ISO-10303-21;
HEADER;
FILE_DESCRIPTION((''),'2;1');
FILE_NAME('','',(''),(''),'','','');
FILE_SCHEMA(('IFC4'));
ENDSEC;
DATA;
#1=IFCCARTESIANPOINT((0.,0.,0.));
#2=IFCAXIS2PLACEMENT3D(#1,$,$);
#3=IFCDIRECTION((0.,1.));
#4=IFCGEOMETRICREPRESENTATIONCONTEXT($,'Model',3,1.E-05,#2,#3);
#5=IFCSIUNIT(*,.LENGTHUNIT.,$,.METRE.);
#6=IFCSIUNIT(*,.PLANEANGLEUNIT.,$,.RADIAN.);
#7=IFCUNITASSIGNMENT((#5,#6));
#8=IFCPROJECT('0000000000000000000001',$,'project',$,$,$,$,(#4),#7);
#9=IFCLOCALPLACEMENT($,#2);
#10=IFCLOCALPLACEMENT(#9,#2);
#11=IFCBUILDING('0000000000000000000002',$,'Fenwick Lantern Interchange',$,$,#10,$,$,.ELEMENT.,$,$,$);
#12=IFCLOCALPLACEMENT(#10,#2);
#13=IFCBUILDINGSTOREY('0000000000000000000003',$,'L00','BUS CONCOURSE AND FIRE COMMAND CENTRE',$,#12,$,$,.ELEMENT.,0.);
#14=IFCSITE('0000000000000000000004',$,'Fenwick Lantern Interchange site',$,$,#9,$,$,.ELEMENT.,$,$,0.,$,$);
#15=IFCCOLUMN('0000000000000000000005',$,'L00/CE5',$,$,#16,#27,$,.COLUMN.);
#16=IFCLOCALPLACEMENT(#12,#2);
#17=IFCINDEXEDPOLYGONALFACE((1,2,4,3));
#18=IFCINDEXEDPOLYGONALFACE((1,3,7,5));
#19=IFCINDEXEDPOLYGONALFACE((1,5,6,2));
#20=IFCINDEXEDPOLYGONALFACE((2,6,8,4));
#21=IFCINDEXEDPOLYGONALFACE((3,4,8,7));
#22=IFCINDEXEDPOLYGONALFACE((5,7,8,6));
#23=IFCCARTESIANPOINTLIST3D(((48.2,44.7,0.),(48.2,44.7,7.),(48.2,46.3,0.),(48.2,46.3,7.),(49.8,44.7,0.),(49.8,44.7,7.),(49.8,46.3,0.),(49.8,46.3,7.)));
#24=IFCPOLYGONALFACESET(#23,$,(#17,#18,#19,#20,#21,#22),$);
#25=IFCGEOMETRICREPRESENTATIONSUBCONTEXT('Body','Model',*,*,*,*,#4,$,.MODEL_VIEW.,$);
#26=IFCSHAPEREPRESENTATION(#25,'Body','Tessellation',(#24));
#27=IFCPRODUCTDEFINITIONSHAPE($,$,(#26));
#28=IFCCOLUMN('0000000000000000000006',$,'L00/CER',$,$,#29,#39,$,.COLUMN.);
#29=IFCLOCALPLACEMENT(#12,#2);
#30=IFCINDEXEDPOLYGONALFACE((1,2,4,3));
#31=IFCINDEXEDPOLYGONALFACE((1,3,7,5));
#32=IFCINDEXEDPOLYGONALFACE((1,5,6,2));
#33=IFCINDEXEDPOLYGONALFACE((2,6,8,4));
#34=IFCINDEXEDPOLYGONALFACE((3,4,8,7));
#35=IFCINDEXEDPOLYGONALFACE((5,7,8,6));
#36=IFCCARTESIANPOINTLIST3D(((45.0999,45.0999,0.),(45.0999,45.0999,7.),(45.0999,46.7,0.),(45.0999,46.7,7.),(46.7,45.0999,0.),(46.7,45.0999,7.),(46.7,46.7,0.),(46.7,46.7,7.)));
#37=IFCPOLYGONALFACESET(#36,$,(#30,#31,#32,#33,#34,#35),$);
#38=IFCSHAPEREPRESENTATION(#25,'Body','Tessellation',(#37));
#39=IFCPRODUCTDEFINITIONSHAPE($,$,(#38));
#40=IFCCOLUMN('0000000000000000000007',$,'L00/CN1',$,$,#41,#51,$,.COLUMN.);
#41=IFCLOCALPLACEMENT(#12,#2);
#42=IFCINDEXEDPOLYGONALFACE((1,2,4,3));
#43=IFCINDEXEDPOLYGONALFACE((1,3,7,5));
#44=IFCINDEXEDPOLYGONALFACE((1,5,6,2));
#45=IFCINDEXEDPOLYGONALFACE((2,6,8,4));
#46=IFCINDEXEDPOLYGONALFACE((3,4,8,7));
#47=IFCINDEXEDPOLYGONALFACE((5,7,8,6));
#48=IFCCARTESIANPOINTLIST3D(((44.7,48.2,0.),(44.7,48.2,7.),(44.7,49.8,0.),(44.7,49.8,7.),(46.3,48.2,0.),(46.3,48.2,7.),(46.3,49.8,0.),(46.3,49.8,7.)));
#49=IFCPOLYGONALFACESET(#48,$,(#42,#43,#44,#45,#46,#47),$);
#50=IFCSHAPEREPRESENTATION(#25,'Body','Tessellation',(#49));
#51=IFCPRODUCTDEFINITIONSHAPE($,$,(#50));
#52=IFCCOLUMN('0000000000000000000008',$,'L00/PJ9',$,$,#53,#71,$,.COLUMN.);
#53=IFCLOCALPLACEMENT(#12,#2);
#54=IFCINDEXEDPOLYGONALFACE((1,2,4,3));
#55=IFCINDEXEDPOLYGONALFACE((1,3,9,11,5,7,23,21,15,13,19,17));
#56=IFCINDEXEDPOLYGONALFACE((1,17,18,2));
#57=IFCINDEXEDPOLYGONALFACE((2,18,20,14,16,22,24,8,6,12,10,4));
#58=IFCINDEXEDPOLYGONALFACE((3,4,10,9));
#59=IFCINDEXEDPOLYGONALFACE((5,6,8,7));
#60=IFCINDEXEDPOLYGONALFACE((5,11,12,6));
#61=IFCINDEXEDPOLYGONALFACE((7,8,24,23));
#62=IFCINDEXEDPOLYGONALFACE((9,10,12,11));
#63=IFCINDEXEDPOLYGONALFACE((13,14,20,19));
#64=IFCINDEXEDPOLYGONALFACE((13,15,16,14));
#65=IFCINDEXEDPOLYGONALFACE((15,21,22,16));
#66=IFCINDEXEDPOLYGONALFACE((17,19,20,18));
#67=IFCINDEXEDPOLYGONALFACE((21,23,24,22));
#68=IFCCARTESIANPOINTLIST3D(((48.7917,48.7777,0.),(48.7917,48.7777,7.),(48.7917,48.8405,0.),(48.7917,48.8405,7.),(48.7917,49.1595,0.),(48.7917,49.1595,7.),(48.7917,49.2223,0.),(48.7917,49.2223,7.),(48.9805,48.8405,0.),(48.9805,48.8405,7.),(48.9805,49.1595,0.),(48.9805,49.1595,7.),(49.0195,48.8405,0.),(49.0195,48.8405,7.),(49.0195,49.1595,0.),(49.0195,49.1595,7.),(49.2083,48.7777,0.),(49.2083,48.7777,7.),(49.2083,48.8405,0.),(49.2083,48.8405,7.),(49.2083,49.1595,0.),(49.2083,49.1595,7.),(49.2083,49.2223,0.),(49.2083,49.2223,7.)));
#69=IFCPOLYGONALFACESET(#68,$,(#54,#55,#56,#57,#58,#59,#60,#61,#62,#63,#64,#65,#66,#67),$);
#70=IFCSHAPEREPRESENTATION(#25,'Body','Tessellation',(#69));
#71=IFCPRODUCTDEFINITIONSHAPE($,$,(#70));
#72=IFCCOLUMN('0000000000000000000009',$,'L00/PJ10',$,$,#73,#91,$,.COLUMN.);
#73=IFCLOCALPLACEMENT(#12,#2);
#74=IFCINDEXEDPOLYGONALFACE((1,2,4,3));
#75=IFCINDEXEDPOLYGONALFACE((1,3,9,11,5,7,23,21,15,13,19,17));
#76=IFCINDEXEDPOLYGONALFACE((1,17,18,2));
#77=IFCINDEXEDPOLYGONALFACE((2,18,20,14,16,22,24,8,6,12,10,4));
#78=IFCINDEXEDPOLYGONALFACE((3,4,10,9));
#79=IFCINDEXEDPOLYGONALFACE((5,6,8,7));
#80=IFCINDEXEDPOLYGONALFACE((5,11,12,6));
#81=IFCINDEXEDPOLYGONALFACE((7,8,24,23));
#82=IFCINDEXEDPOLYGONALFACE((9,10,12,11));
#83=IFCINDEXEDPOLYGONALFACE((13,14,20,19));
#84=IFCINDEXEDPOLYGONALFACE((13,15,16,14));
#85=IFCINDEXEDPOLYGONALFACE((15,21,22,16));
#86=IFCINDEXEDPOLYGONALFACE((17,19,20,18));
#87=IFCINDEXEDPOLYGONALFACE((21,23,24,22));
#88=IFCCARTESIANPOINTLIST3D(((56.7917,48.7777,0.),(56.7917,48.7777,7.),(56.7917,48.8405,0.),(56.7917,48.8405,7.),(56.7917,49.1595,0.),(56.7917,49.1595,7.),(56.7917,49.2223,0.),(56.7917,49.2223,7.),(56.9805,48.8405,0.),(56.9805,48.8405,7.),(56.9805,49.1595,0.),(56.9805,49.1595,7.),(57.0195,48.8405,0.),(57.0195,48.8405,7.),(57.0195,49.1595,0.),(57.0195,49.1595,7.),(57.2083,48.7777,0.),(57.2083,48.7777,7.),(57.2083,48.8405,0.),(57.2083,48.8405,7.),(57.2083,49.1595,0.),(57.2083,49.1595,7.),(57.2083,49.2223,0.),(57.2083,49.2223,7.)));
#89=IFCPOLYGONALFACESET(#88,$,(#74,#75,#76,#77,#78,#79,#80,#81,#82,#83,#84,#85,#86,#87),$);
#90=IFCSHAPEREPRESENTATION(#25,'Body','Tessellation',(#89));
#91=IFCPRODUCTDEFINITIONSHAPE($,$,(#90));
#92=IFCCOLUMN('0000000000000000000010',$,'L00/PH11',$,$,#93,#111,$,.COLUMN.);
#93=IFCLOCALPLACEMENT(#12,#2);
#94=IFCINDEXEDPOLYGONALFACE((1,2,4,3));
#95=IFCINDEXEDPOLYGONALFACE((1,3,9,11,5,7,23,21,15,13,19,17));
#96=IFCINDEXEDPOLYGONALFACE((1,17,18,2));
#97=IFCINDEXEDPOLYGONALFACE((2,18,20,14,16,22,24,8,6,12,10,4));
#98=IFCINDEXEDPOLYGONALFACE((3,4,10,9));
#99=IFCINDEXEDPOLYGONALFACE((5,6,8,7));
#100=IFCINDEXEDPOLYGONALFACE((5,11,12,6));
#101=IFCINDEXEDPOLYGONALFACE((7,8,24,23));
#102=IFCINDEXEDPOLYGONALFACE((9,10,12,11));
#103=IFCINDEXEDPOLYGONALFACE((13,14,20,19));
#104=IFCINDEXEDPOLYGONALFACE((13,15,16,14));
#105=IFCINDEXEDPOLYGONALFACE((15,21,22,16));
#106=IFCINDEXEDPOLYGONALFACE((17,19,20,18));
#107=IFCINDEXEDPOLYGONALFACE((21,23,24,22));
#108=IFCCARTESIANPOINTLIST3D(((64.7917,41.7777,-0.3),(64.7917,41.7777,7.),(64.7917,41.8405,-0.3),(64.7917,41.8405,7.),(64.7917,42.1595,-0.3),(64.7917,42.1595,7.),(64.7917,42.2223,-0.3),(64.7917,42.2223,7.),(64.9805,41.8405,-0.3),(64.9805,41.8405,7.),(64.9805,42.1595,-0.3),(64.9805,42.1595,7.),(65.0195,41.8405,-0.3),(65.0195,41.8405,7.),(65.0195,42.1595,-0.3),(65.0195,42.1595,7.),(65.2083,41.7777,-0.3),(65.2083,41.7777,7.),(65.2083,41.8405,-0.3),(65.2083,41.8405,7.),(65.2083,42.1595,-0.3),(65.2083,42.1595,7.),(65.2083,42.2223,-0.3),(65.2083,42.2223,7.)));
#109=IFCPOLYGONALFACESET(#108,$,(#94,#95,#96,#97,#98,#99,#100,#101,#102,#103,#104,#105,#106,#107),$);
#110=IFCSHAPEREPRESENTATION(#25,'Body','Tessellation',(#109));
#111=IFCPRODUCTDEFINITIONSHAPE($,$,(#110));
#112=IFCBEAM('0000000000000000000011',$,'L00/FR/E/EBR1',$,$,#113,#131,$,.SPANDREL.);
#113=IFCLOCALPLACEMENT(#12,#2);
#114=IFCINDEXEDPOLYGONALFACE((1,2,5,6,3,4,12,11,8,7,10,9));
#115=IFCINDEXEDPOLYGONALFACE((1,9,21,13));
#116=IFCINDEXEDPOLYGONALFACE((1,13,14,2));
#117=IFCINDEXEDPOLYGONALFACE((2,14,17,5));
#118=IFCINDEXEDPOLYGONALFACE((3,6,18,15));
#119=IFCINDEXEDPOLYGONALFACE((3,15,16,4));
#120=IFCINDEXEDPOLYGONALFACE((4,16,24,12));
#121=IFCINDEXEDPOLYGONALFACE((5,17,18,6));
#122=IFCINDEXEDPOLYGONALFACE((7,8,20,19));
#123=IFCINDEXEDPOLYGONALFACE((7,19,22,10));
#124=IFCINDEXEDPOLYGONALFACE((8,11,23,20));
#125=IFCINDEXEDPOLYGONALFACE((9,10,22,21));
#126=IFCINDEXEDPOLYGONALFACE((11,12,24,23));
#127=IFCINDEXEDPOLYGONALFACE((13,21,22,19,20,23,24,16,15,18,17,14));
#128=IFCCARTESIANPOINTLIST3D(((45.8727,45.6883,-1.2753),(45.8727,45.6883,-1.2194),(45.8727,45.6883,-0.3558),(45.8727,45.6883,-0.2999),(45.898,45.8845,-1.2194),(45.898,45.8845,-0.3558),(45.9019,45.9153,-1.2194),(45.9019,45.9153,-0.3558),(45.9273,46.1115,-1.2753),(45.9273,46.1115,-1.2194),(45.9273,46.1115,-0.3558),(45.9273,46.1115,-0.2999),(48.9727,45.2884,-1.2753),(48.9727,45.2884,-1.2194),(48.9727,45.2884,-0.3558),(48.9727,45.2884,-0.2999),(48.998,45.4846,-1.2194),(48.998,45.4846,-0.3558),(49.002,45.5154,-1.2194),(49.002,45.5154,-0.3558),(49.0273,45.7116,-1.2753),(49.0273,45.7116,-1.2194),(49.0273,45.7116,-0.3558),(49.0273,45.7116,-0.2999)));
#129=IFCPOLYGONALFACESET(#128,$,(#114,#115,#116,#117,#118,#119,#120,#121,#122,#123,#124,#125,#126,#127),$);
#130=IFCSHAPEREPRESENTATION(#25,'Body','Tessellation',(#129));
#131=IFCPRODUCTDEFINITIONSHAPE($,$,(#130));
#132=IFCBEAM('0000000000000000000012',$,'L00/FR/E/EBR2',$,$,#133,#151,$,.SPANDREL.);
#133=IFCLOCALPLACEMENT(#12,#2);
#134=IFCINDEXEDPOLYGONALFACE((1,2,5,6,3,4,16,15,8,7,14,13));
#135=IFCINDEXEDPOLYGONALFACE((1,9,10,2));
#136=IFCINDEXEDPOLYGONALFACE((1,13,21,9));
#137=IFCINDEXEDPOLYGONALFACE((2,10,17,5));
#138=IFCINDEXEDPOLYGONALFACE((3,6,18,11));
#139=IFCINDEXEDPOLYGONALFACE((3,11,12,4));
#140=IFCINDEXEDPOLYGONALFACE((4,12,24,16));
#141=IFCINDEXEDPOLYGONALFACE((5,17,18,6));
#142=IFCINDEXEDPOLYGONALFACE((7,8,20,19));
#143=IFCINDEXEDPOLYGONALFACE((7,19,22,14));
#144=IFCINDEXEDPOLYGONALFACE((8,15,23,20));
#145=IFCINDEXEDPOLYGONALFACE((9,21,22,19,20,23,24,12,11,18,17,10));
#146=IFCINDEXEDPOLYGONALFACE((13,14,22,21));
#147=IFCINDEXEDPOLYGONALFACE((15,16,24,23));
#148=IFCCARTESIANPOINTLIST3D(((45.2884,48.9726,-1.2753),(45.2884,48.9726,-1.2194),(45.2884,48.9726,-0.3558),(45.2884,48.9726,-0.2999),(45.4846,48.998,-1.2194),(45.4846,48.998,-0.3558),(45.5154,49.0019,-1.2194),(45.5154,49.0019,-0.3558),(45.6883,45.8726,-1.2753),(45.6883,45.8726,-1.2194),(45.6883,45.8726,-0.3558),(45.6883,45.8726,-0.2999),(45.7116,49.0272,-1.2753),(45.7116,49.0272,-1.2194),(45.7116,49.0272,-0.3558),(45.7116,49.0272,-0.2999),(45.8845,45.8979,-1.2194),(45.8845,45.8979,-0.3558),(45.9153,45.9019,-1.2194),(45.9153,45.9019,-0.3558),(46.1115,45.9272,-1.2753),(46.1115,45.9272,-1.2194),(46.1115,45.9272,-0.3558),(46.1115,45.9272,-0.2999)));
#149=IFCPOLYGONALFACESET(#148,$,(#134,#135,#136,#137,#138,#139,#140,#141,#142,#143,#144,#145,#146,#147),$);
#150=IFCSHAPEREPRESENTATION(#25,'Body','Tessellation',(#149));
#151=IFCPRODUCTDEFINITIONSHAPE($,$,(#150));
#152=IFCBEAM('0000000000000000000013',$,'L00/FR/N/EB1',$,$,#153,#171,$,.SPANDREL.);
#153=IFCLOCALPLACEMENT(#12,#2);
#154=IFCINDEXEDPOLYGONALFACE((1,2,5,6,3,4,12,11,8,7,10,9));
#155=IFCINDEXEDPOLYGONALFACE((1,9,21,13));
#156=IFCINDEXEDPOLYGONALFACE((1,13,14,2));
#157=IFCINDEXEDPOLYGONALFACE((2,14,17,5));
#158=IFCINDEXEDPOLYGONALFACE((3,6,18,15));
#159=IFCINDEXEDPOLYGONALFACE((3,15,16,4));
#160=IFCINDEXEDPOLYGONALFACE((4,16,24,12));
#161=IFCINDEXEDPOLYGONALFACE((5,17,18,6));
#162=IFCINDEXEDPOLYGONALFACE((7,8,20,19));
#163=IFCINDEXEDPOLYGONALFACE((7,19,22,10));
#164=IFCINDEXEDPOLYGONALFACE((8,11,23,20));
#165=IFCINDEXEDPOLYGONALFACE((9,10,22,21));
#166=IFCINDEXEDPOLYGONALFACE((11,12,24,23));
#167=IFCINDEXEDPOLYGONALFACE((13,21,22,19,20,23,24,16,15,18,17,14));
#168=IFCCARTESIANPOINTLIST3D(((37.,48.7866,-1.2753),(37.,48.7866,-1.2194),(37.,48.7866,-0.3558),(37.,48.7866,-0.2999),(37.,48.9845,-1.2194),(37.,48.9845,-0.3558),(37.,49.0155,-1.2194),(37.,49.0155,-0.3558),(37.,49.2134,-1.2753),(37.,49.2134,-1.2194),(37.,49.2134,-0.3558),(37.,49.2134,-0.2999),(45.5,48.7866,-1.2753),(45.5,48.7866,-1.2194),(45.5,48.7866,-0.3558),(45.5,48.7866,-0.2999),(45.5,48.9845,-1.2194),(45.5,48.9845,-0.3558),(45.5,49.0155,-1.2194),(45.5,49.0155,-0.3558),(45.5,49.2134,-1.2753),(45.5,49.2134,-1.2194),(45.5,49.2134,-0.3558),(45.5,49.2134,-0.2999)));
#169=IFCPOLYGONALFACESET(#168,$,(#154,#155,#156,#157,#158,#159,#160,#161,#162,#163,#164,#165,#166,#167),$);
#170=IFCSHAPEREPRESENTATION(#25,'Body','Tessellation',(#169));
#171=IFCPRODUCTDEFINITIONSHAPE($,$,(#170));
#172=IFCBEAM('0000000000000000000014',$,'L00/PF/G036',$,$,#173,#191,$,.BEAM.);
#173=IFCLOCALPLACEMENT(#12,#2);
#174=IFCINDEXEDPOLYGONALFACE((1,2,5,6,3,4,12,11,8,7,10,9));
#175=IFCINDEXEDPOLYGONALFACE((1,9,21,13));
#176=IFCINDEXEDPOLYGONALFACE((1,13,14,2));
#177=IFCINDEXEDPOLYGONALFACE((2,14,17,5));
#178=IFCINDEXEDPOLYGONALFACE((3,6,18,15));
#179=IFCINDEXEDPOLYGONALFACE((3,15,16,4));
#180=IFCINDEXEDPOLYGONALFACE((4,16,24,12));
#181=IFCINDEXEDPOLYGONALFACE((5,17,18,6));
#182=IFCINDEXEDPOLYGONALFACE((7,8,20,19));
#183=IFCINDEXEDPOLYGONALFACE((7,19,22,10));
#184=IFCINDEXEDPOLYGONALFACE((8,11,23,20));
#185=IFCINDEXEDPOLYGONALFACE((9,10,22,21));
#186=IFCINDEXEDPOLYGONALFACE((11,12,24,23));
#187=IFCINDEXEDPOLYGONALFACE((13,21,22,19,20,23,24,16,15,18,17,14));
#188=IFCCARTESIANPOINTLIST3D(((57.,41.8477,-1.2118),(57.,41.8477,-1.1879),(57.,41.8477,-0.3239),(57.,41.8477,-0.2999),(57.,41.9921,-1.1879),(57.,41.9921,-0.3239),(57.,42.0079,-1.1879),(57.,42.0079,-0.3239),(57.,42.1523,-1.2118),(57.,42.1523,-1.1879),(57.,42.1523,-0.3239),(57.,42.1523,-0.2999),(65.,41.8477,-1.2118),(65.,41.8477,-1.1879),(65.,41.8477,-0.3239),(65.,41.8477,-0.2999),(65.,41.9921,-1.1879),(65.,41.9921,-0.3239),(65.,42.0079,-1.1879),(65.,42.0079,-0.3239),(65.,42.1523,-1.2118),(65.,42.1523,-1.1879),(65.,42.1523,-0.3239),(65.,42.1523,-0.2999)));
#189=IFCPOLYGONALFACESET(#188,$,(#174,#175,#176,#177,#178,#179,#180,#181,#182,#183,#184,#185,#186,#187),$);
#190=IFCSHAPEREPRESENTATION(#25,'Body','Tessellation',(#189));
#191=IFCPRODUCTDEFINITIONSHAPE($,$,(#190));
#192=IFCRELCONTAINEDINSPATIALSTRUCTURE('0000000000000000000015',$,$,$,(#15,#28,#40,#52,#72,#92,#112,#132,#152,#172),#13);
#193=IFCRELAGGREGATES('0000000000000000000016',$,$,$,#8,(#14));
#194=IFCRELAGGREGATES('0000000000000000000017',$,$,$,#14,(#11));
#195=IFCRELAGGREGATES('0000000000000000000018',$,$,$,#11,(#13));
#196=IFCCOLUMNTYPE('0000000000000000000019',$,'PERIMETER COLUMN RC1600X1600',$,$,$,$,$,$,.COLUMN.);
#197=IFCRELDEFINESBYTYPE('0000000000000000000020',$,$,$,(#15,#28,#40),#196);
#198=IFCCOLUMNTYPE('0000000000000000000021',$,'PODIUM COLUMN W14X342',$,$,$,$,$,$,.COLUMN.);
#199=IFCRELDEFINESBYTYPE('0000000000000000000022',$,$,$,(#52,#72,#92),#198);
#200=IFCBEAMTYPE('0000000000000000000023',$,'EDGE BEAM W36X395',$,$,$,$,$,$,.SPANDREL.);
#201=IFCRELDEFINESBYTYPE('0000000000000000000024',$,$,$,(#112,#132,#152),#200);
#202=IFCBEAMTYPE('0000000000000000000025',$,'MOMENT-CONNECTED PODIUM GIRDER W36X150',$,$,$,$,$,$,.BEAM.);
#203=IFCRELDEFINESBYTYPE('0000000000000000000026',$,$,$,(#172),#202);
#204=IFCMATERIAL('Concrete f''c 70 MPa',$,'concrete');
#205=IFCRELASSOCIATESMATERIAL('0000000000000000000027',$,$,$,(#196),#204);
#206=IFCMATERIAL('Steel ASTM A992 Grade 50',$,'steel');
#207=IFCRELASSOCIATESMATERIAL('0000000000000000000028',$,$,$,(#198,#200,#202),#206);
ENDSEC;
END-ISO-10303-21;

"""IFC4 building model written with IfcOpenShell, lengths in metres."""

from ifc_helpers import new_model, si_unit, direction, frame, origin, origin_2d, place, context, subcontext, project, spatial, rectangle, i_section, extrude, material, material_profile, profile_set, type_object, element, save


model = new_model("IFC4")

# Units and contexts
model_context = context("Model", 3, precision=1e-05, world=origin(), true_north=direction((0.0, 1.0)))
body_context = subcontext(model_context, "Body", "Model", "MODEL_VIEW")
ifc_project = project(units=[si_unit("LENGTHUNIT", "METRE"), si_unit("PLANEANGLEUNIT", "RADIAN")], contexts=[model_context])

# Site, building, storey
site_placement = place(None, origin())
site = spatial("IfcSite", under=ifc_project, at=site_placement, Name="Fenwick Lantern Interchange site", CompositionType="ELEMENT", RefElevation=0.0)
building_placement = place(site_placement, origin())
building = spatial("IfcBuilding", under=site, at=building_placement, Name="Fenwick Lantern Interchange", CompositionType="ELEMENT")
storey_placement = place(building_placement, origin())
storey = spatial("IfcBuildingStorey", under=building, at=storey_placement, Name="L00", Description="BUS CONCOURSE AND FIRE COMMAND CENTRE", CompositionType="ELEMENT", Elevation=0.0)

# Columns
ifc_material_1 = material(Name="Concrete f'c 70 MPa", Category="concrete")
ifc_material_profile_1 = material_profile(ifc_material_1, rectangle(XDim=1.6001, YDim=1.6001, at=origin_2d()), Name="RC1600X1600")
ifc_profile_set_1 = profile_set([ifc_material_profile_1], Name="Concrete f'c 70 MPa")
column_type_1 = type_object("IfcColumnType", Name="PERIMETER COLUMN RC1600X1600", PredefinedType="COLUMN", material=ifc_profile_set_1)
for number, where, z_axis, x_axis, name in (
    (1, (49.0, 45.5, 0.0), (0.0, 0.0, 1.0), (1.0, 0.0, 0.0), "L00/CE5"),
    (2, (45.8999, 45.8999, 0.0), (0.0, 0.0, 1.0), (1.0, 0.0, 0.0), "L00/CER"),
    (3, (45.5, 49.0, 0.0), (0.0, 0.0, 1.0), (1.0, 0.0, 0.0), "L00/CN1"),
):
    element("IfcColumn", number, at=place(storey_placement, frame(where, z_axis=z_axis, x_axis=x_axis)), inside=storey, type_object=column_type_1, Name=name, PredefinedType="COLUMN", context=body_context, shape_type="SweptSolid", body=[
        extrude(rectangle(XDim=1.6001, YDim=1.6001, at=origin_2d()), origin(), (0.0, 0.0, 1.0), 7.0),
    ])
ifc_material_2 = material(Name="Steel ASTM A992 Grade 50", Category="steel")
ifc_material_profile_2 = material_profile(ifc_material_2, i_section(OverallWidth=0.4165, OverallDepth=0.4446, WebThickness=0.0391, FlangeThickness=0.0627, at=origin_2d()), Name="W14X342")
ifc_profile_set_2 = profile_set([ifc_material_profile_2], Name="Steel ASTM A992 Grade 50")
column_type_2 = type_object("IfcColumnType", Name="PODIUM COLUMN W14X342", PredefinedType="COLUMN", material=ifc_profile_set_2)
for number, where, z_axis, x_axis, name in (
    (4, (49.0, 49.0, 0.0), (0.0, 0.0, 1.0), (1.0, 0.0, 0.0), "L00/PJ9"),
    (5, (57.0, 49.0, 0.0), (0.0, 0.0, 1.0), (1.0, 0.0, 0.0), "L00/PJ10"),
):
    element("IfcColumn", number, at=place(storey_placement, frame(where, z_axis=z_axis, x_axis=x_axis)), inside=storey, type_object=column_type_2, Name=name, PredefinedType="COLUMN", context=body_context, shape_type="SweptSolid", body=[
        extrude(i_section(OverallWidth=0.4165, OverallDepth=0.4446, WebThickness=0.0391, FlangeThickness=0.0627, at=origin_2d()), origin(), (0.0, 0.0, 1.0), 7.0),
    ])
column_placement = place(storey_placement, frame((65.0, 42.0, -0.3), z_axis=(0.0, 0.0, 1.0), x_axis=(1.0, 0.0, 0.0)))
element("IfcColumn", 6, at=column_placement, inside=storey, type_object=column_type_2, Name="L00/PH11", PredefinedType="COLUMN", context=body_context, shape_type="SweptSolid", body=[
    extrude(i_section(OverallWidth=0.4165, OverallDepth=0.4446, WebThickness=0.0391, FlangeThickness=0.0627, at=origin_2d()), origin(), (0.0, 0.0, 1.0), 7.3),
])

# Beams
ifc_material_profile_3 = material_profile(ifc_material_2, i_section(OverallWidth=0.4268, OverallDepth=0.9753, WebThickness=0.031, FlangeThickness=0.0559, at=origin_2d()), Name="W36X395")
ifc_profile_set_3 = profile_set([ifc_material_profile_3], Name="Steel ASTM A992 Grade 50")
beam_type_1 = type_object("IfcBeamType", Name="EDGE BEAM W36X395", PredefinedType="SPANDREL", material=ifc_profile_set_3)
for number, where, z_axis, x_axis, name in (
    (7, (49.0, 45.5, -0.7876), (-0.991782, 0.127937, 0.0), (-0.127937, -0.991782, 0.0), "L00/FR/E/EBR1"),
    (8, (45.8999, 45.8999, -0.7876), (-0.127937, 0.991782, 0.0), (-0.991782, -0.127937, 0.0), "L00/FR/E/EBR2"),
):
    element("IfcBeam", number, at=place(storey_placement, frame(where, z_axis=z_axis, x_axis=x_axis)), inside=storey, type_object=beam_type_1, Name=name, PredefinedType="SPANDREL", context=body_context, shape_type="SweptSolid", body=[
        extrude(i_section(OverallWidth=0.4268, OverallDepth=0.9753, WebThickness=0.031, FlangeThickness=0.0559, at=origin_2d()), origin(), (0.0, 0.0, 1.0), 3.1257),
    ])
beam_1_placement = place(storey_placement, frame((45.5, 49.0, -0.7876), z_axis=(-1.0, 0.0, 0.0), x_axis=(0.0, -1.0, 0.0)))
element("IfcBeam", 9, at=beam_1_placement, inside=storey, type_object=beam_type_1, Name="L00/FR/N/EB1", PredefinedType="SPANDREL", context=body_context, shape_type="SweptSolid", body=[
    extrude(i_section(OverallWidth=0.4268, OverallDepth=0.9753, WebThickness=0.031, FlangeThickness=0.0559, at=origin_2d()), origin(), (0.0, 0.0, 1.0), 8.5),
])
ifc_material_profile_4 = material_profile(ifc_material_2, i_section(OverallWidth=0.3047, OverallDepth=0.9119, WebThickness=0.0159, FlangeThickness=0.0239, at=origin_2d()), Name="W36X150")
ifc_profile_set_4 = profile_set([ifc_material_profile_4], Name="Steel ASTM A992 Grade 50")
beam_type_2 = type_object("IfcBeamType", Name="MOMENT-CONNECTED PODIUM GIRDER W36X150", PredefinedType="BEAM", material=ifc_profile_set_4)
beam_2_placement = place(storey_placement, frame((57.0, 42.0, -0.7559), z_axis=(1.0, 0.0, 0.0), x_axis=(0.0, 1.0, 0.0)))
element("IfcBeam", 10, at=beam_2_placement, inside=storey, type_object=beam_type_2, Name="L00/PF/G036", PredefinedType="BEAM", context=body_context, shape_type="SweptSolid", body=[
    extrude(i_section(OverallWidth=0.3047, OverallDepth=0.9119, WebThickness=0.0159, FlangeThickness=0.0239, at=origin_2d()), origin(), (0.0, 0.0, 1.0), 8.0),
])

save(model, "model.ifc")
